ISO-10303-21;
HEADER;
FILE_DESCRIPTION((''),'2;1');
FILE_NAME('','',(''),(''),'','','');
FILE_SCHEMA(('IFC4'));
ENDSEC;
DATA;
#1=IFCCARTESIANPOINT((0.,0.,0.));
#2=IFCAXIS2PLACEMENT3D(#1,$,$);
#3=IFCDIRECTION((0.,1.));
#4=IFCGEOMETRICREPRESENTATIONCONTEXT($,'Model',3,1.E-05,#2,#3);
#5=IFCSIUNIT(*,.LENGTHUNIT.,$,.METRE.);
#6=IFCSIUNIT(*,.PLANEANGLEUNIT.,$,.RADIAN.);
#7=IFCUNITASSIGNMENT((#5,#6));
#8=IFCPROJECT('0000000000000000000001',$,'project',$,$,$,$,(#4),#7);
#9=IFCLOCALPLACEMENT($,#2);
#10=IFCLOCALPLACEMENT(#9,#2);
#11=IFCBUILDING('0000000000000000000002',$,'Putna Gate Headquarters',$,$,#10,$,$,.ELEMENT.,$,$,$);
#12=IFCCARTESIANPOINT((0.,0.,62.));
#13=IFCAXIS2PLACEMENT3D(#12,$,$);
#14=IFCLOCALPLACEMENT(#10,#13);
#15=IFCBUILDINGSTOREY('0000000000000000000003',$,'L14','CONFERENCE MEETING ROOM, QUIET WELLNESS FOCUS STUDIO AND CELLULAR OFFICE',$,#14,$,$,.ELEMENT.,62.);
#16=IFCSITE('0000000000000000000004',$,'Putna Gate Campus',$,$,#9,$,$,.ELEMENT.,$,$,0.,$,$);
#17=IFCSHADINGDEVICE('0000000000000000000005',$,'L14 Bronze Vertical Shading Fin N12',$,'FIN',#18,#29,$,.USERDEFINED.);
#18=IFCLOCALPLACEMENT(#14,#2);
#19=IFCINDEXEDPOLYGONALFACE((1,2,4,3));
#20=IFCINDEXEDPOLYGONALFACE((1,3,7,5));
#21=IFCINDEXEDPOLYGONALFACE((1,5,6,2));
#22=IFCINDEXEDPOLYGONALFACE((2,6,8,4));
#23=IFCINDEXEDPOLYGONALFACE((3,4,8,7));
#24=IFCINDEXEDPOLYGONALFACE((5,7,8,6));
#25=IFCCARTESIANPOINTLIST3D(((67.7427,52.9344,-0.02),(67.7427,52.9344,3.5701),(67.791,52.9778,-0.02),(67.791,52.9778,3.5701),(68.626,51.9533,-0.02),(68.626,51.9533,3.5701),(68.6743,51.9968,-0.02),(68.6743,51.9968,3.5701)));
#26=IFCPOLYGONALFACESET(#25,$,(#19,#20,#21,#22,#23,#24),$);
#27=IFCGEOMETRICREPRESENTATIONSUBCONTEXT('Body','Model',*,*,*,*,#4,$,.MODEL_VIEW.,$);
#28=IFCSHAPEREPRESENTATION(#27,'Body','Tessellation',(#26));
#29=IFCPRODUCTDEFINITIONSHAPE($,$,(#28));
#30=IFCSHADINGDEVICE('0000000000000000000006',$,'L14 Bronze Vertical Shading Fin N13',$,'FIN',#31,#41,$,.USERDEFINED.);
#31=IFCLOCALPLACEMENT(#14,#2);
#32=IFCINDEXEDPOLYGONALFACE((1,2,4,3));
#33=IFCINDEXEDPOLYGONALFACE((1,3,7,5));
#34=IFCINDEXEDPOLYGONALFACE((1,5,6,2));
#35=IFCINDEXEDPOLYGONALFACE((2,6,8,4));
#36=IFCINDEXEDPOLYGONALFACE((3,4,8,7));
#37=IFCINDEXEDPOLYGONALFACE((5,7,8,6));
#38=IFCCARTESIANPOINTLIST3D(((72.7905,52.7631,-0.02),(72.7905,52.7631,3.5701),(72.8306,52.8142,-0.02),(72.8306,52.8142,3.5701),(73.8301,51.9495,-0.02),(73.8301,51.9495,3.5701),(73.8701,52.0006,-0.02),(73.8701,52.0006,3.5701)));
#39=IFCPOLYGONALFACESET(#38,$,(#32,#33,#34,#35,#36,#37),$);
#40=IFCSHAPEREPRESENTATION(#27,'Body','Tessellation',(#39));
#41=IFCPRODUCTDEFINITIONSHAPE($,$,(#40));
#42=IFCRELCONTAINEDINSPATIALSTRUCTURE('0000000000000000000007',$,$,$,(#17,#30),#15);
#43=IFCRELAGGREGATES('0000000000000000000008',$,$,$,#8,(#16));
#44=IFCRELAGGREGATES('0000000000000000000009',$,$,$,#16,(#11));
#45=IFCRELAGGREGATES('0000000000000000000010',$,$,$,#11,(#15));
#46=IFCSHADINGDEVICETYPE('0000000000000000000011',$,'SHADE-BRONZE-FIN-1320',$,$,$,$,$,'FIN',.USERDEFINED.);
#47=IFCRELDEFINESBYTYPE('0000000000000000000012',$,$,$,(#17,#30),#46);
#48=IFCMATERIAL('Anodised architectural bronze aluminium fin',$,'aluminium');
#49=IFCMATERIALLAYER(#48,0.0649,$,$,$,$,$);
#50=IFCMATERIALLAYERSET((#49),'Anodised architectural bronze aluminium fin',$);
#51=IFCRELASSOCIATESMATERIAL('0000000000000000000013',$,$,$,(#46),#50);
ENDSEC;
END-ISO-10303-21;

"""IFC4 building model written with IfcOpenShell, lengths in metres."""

from ifc_helpers import new_model, si_unit, direction, frame, origin, origin_2d, place, context, subcontext, project, spatial, rectangle, extrude, material, layer, layer_set, type_object, element, save


model = new_model("IFC4")

# Units and contexts
model_context = context("Model", 3, precision=1e-05, world=origin(), true_north=direction((0.0, 1.0)))
body_context = subcontext(model_context, "Body", "Model", "MODEL_VIEW")
ifc_project = project(units=[si_unit("LENGTHUNIT", "METRE"), si_unit("PLANEANGLEUNIT", "RADIAN")], contexts=[model_context])

# Site, building, storey
site_placement = place(None, origin())
site = spatial("IfcSite", under=ifc_project, at=site_placement, Name="Putna Gate Campus", CompositionType="ELEMENT", RefElevation=0.0)
building_placement = place(site_placement, origin())
building = spatial("IfcBuilding", under=site, at=building_placement, Name="Putna Gate Headquarters", CompositionType="ELEMENT")
storey_placement = place(building_placement, frame((0.0, 0.0, 62.0)))
storey = spatial("IfcBuildingStorey", under=building, at=storey_placement, Name="L14", Description="CONFERENCE MEETING ROOM, QUIET WELLNESS FOCUS STUDIO AND CELLULAR OFFICE", CompositionType="ELEMENT", Elevation=62.0)

# Shading devices
ifc_material_1 = material(Name="Anodised architectural bronze aluminium fin", Category="aluminium")
ifc_layer_1 = layer(ifc_material_1, 0.0649)
ifc_layer_set_1 = layer_set([ifc_layer_1], Name="Anodised architectural bronze aluminium fin")
shading_device_type = type_object("IfcShadingDeviceType", Name="SHADE-BRONZE-FIN-1320", ElementType="FIN", PredefinedType="USERDEFINED", material=ifc_layer_set_1)
for number, where, z_axis, x_axis, name in (
    (1, (68.2085, 52.4656, -0.02), (0.0, 0.0, 1.0), (-0.669131, 0.743145, 0.0), "L14 Bronze Vertical Shading Fin N12"),
    (2, (73.3303, 52.3818, -0.02), (0.0, 0.0, 1.0), (-0.787473, 0.616349, 0.0), "L14 Bronze Vertical Shading Fin N13"),
):
    element("IfcShadingDevice", number, at=place(storey_placement, frame(where, z_axis=z_axis, x_axis=x_axis)), inside=storey, type_object=shading_device_type, Name=name, ObjectType="FIN", PredefinedType="USERDEFINED", context=body_context, shape_type="SweptSolid", body=[
        extrude(rectangle(XDim=1.3201, YDim=0.0649, at=origin_2d()), origin(), (0.0, 0.0, 1.0), 3.5901),
    ])

save(model, "model.ifc")
